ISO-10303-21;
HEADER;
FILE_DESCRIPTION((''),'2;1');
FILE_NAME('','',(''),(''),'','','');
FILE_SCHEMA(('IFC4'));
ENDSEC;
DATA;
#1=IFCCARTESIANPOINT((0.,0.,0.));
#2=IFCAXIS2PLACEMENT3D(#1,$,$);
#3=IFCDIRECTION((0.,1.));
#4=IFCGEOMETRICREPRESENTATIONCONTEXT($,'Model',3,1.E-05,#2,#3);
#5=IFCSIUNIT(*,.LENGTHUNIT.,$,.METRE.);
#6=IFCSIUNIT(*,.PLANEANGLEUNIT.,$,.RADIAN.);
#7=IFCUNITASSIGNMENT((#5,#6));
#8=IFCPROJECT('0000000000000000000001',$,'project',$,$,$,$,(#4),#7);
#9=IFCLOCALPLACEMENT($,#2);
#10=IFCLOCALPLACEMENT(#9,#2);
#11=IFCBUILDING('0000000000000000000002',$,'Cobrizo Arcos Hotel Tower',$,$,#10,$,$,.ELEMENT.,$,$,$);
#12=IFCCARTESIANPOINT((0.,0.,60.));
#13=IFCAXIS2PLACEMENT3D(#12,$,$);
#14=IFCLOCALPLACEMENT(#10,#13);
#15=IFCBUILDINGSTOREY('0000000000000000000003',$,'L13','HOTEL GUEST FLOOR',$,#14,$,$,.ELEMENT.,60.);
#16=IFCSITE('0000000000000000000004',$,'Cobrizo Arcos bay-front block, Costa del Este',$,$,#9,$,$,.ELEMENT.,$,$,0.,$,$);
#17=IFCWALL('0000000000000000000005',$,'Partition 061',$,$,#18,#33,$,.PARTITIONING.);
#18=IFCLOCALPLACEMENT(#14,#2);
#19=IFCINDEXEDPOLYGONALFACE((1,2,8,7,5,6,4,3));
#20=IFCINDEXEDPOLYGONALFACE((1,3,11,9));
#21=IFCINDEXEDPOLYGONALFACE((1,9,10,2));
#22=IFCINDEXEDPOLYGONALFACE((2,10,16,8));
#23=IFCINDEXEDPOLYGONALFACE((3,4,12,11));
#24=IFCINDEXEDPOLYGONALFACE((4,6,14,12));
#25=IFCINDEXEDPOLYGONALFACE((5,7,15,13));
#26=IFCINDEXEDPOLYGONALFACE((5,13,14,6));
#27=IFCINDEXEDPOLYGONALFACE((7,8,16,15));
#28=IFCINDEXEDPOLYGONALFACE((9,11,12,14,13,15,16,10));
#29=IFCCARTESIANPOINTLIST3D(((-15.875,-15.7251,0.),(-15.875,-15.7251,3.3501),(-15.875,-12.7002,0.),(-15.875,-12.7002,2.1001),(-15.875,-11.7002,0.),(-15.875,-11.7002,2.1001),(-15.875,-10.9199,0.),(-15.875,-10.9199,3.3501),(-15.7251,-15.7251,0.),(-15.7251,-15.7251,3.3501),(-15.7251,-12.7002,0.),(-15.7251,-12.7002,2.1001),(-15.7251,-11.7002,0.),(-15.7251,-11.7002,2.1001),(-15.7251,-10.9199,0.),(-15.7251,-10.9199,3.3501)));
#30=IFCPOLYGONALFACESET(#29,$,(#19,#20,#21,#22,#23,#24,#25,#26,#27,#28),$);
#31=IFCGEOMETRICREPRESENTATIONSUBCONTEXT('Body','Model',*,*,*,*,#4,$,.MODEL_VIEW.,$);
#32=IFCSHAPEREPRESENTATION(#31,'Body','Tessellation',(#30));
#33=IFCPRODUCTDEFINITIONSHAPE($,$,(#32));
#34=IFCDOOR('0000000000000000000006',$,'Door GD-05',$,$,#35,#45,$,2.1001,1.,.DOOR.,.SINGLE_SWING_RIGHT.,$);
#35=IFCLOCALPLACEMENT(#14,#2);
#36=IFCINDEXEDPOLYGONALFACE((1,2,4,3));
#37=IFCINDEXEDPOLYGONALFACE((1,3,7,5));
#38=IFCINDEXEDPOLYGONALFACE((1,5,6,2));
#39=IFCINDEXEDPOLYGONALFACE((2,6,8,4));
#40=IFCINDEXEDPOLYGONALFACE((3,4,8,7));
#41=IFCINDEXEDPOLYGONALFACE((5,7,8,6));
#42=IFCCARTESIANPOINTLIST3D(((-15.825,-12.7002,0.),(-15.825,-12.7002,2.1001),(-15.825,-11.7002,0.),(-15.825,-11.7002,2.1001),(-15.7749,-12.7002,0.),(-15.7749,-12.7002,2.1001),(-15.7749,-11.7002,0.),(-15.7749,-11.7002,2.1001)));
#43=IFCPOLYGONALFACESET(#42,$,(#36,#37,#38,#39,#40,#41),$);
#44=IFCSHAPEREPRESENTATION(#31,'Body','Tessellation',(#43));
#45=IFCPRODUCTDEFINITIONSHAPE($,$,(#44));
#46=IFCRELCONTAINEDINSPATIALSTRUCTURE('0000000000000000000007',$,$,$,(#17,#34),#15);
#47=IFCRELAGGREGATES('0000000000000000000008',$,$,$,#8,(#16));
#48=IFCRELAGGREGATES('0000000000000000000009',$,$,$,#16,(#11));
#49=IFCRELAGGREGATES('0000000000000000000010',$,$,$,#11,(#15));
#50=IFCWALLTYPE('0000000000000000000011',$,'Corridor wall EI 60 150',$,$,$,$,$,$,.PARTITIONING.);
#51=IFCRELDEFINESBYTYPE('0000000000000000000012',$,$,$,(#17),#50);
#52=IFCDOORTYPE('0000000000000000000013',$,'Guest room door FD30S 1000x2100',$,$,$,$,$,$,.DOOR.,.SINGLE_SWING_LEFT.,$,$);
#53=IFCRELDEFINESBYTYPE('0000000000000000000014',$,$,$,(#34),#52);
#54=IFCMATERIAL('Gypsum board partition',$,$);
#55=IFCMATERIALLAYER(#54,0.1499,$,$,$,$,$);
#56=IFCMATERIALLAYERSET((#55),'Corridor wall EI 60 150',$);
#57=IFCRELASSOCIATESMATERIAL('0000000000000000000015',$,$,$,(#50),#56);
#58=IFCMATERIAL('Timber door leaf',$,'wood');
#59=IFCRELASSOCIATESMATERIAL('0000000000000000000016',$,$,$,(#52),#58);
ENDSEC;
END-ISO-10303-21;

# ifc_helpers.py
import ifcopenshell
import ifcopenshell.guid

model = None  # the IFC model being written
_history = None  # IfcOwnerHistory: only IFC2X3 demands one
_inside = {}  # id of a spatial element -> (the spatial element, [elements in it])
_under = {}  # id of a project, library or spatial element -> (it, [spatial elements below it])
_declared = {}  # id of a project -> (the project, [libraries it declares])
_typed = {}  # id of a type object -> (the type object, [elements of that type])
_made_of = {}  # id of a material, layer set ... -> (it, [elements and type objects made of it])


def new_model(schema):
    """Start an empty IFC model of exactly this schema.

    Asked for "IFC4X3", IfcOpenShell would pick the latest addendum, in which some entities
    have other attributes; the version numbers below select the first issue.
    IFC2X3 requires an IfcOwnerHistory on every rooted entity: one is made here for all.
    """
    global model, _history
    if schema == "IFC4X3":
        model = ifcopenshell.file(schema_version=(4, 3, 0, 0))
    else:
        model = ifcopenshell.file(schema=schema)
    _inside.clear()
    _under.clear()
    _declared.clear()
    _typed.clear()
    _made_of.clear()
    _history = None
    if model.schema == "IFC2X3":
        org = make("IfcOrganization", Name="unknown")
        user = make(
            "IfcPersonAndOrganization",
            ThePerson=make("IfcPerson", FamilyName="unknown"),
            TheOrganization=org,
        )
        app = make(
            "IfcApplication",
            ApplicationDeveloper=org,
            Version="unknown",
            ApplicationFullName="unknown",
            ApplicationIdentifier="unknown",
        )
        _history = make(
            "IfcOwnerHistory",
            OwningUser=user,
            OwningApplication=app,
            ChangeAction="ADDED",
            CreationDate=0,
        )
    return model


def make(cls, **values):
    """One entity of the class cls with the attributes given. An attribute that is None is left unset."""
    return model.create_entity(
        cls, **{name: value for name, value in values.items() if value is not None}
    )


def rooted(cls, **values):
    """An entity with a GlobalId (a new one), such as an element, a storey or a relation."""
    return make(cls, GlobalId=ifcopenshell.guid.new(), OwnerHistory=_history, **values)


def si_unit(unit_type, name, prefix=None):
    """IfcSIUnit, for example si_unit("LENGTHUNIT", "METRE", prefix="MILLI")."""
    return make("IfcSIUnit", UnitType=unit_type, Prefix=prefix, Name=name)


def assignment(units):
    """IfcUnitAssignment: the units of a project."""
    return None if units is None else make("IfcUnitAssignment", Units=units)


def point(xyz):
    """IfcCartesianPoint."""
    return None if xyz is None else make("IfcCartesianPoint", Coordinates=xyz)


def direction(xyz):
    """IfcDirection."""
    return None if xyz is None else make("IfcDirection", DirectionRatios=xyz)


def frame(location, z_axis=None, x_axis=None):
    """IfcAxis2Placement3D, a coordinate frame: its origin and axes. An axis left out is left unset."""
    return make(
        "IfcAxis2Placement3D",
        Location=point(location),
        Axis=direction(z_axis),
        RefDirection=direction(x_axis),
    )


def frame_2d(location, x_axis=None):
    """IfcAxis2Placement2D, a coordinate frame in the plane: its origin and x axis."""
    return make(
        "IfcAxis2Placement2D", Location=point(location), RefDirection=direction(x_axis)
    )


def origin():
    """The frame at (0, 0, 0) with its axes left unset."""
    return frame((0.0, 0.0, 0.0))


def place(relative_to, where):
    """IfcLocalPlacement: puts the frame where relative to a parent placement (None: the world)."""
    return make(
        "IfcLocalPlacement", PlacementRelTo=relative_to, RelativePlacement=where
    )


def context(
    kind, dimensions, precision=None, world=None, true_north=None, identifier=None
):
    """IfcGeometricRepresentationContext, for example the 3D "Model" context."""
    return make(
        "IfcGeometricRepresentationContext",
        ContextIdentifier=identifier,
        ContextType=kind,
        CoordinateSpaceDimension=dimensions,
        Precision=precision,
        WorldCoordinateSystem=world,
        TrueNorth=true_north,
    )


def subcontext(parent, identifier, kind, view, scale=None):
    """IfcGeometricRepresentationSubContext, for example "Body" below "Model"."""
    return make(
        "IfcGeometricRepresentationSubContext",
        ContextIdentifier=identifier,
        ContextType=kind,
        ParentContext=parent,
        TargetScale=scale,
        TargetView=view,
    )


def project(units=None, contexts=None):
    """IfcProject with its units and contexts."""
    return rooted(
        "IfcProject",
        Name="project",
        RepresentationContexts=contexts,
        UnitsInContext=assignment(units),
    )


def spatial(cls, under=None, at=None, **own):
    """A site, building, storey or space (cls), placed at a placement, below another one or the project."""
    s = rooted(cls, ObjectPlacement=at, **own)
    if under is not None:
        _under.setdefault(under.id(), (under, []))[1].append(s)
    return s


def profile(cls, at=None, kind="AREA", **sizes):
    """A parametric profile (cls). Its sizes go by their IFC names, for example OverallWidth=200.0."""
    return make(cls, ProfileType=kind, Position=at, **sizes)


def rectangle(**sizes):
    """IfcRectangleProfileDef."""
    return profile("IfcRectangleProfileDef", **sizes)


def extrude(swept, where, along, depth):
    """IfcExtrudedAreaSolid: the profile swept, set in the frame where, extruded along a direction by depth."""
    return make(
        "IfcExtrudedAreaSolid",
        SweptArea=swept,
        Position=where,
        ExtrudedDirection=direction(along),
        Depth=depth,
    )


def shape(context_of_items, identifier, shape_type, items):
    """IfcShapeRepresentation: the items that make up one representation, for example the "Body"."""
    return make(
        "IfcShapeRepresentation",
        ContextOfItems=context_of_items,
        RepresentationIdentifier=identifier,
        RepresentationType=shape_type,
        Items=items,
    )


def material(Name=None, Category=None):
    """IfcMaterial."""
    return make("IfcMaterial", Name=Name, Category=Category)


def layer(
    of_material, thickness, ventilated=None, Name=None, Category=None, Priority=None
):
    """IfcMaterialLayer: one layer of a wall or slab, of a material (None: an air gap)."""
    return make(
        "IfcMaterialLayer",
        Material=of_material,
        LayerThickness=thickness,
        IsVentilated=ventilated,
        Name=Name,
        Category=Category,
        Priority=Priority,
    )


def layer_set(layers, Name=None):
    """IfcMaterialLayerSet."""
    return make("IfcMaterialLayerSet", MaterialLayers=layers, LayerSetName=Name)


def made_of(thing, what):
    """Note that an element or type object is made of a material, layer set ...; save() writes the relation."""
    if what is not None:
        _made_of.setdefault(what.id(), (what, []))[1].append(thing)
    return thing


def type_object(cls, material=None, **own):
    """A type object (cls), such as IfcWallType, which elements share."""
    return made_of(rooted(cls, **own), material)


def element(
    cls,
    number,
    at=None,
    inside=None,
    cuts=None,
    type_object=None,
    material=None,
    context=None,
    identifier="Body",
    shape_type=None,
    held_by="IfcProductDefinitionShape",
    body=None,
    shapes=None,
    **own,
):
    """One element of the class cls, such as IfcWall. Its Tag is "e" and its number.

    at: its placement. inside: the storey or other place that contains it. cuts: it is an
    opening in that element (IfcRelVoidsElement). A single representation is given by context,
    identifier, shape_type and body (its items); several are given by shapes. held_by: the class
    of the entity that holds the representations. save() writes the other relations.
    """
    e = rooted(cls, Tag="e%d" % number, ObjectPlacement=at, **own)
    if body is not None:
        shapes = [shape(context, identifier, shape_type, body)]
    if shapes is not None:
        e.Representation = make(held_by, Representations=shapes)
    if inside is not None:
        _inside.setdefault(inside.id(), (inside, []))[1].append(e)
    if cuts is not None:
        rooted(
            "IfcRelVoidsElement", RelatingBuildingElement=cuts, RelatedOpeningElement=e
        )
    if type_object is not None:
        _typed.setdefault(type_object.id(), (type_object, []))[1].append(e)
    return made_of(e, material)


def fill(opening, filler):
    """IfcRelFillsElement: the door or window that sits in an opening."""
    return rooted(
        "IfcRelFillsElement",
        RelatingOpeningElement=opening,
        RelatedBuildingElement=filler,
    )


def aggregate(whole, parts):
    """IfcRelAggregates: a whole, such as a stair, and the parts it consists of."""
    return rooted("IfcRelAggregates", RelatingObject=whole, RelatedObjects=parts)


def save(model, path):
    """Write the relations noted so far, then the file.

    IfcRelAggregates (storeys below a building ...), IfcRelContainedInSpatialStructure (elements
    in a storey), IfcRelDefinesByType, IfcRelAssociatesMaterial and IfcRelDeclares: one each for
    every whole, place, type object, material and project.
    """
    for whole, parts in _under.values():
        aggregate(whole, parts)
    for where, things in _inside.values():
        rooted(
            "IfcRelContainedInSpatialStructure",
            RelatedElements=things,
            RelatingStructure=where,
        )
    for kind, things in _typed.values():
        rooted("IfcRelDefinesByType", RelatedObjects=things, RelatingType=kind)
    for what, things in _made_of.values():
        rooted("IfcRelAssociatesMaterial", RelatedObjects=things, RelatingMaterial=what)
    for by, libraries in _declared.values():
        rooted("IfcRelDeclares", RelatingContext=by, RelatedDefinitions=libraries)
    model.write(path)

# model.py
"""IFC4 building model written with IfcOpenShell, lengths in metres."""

from ifc_helpers import new_model, si_unit, direction, frame, frame_2d, origin, place, context, subcontext, project, spatial, rectangle, extrude, material, layer, layer_set, type_object, element, fill, save


model = new_model("IFC4")

# Units and contexts
model_context = context("Model", 3, precision=1e-05, world=origin(), true_north=direction((0.0, 1.0)))
body_context = subcontext(model_context, "Body", "Model", "MODEL_VIEW")
ifc_project = project(units=[si_unit("LENGTHUNIT", "METRE"), si_unit("PLANEANGLEUNIT", "RADIAN")], contexts=[model_context])

# Site, building, storey
site_placement = place(None, origin())
site = spatial("IfcSite", under=ifc_project, at=site_placement, Name="Cobrizo Arcos bay-front block, Costa del Este", CompositionType="ELEMENT", RefElevation=0.0)
building_placement = place(site_placement, origin())
building = spatial("IfcBuilding", under=site, at=building_placement, Name="Cobrizo Arcos Hotel Tower", CompositionType="ELEMENT")
storey_placement = place(building_placement, frame((0.0, 0.0, 60.0)))
storey = spatial("IfcBuildingStorey", under=building, at=storey_placement, Name="L13", Description="HOTEL GUEST FLOOR", CompositionType="ELEMENT", Elevation=60.0)

# Wall, opening, door
ifc_material_1 = material(Name="Gypsum board partition")
ifc_layer_1 = layer(ifc_material_1, 0.1499)
ifc_layer_set_1 = layer_set([ifc_layer_1], Name="Corridor wall EI 60 150")
wall_type_1 = type_object("IfcWallType", Name="Corridor wall EI 60 150", PredefinedType="PARTITIONING", material=ifc_layer_set_1)
ifc_material_2 = material(Name="Timber door leaf", Category="wood")
door_type_1 = type_object("IfcDoorType", Name="Guest room door FD30S 1000x2100", OperationType="SINGLE_SWING_LEFT", PredefinedType="DOOR", material=ifc_material_2)
wall_1_placement = place(storey_placement, frame((-15.8, -15.7251, 0.0), z_axis=(0.0, 0.0, 1.0), x_axis=(0.0, 1.0, 0.0)))
wall_1 = element("IfcWall", 1, at=wall_1_placement, inside=storey, type_object=wall_type_1, Name="Partition 061", PredefinedType="PARTITIONING", context=body_context, shape_type="SweptSolid", body=[
    extrude(rectangle(XDim=4.8052, YDim=0.1499, at=frame_2d((2.4026, 0.0))), origin(), (0.0, 0.0, 1.0), 3.3501),
])
opening_1_placement = place(wall_1_placement, frame((3.0249, 0.0, 0.0)))
opening_1 = element("IfcOpeningElement", 2, at=opening_1_placement, cuts=wall_1, PredefinedType="OPENING", context=body_context, shape_type="SweptSolid", body=[
    extrude(rectangle(XDim=1.0, YDim=2.1001, at=frame_2d((0.5, 1.05))), frame((0.0, 0.0869, 0.0), z_axis=(0.0, -1.0, 0.0), x_axis=(1.0, 0.0, 0.0)), (0.0, 0.0, 1.0), 0.1738),
])
door_1_placement = place(opening_1_placement, origin())
door_1 = element("IfcDoor", 3, at=door_1_placement, inside=storey, type_object=door_type_1, Name="Door GD-05", OperationType="SINGLE_SWING_RIGHT", OverallHeight=2.1001, OverallWidth=1.0, PredefinedType="DOOR", context=body_context, shape_type="SweptSolid", body=[
    extrude(rectangle(XDim=1.0, YDim=2.1001, at=frame_2d((0.5, 1.05))), frame((0.0, 0.0249, 0.0), z_axis=(0.0, -1.0, 0.0), x_axis=(1.0, 0.0, 0.0)), (0.0, 0.0, 1.0), 0.05),
])
fill(opening_1, door_1)

save(model, "model.ifc")
